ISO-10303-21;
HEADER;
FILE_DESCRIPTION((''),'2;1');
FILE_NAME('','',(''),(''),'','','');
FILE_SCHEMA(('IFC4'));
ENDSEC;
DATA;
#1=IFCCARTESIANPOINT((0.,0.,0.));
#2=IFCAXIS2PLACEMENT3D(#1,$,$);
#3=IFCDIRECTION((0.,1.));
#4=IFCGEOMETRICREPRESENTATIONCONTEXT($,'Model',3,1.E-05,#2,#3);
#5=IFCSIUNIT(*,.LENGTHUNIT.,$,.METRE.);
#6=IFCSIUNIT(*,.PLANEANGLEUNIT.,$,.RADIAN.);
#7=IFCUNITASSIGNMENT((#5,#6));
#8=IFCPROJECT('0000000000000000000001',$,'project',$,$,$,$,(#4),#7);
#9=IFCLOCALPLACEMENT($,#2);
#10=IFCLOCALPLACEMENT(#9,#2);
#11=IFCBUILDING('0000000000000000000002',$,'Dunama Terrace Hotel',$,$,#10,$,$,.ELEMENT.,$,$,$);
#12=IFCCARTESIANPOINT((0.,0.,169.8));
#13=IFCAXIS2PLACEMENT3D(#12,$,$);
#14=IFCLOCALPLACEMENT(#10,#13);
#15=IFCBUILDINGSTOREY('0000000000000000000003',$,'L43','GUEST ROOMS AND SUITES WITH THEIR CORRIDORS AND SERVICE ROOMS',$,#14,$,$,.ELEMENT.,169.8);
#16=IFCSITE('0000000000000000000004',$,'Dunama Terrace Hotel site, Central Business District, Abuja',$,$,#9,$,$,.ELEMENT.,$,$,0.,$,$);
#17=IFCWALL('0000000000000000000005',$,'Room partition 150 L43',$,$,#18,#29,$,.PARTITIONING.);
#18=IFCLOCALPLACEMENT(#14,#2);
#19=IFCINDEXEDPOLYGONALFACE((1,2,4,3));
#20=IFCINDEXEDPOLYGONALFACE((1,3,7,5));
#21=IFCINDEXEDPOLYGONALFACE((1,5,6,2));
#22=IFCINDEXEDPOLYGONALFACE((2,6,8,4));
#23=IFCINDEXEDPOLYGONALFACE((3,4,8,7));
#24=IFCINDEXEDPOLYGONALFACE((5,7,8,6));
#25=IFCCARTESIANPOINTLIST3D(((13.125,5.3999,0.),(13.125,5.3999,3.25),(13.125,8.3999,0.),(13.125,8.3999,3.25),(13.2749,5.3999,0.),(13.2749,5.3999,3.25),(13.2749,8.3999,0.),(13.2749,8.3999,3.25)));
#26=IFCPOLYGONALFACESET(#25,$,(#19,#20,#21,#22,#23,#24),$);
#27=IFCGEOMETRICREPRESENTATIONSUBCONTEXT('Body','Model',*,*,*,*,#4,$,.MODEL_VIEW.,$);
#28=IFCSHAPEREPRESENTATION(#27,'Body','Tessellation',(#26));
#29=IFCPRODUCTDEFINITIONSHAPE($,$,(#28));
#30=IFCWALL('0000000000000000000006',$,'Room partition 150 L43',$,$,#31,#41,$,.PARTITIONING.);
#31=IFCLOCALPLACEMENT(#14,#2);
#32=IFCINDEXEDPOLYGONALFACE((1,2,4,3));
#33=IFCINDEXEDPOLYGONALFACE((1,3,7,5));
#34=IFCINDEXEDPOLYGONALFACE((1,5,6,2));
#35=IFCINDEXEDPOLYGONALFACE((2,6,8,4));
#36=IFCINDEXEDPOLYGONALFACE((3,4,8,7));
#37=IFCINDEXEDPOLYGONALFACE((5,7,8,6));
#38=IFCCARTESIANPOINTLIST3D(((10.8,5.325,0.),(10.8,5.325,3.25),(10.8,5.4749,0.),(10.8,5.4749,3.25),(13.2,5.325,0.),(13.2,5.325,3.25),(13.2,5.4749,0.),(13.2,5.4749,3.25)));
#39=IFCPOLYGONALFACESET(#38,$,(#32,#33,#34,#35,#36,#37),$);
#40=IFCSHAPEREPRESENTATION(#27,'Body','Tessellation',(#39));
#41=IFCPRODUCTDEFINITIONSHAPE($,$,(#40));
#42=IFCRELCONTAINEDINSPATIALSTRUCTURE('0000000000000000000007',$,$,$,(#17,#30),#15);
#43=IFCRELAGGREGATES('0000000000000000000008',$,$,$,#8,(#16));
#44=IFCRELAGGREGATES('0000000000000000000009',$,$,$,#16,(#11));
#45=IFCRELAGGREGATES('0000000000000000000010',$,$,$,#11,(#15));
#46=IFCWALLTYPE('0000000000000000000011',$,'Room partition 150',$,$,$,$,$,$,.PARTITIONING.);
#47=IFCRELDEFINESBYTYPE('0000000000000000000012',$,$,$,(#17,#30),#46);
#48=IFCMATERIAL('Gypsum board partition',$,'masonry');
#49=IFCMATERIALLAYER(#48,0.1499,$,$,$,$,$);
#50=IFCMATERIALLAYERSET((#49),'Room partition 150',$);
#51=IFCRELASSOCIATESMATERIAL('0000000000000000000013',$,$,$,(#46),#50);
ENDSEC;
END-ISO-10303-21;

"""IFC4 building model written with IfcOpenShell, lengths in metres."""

from ifc_helpers import new_model, si_unit, direction, frame, frame_2d, origin, place, context, subcontext, project, spatial, rectangle, extrude, material, layer, layer_set, type_object, element, save


model = new_model("IFC4")

# Units and contexts
model_context = context("Model", 3, precision=1e-05, world=origin(), true_north=direction((0.0, 1.0)))
body_context = subcontext(model_context, "Body", "Model", "MODEL_VIEW")
ifc_project = project(units=[si_unit("LENGTHUNIT", "METRE"), si_unit("PLANEANGLEUNIT", "RADIAN")], contexts=[model_context])

# Site, building, storey
site_placement = place(None, origin())
site = spatial("IfcSite", under=ifc_project, at=site_placement, Name="Dunama Terrace Hotel site, Central Business District, Abuja", CompositionType="ELEMENT", RefElevation=0.0)
building_placement = place(site_placement, origin())
building = spatial("IfcBuilding", under=site, at=building_placement, Name="Dunama Terrace Hotel", CompositionType="ELEMENT")
storey_placement = place(building_placement, frame((0.0, 0.0, 169.8)))
storey = spatial("IfcBuildingStorey", under=building, at=storey_placement, Name="L43", Description="GUEST ROOMS AND SUITES WITH THEIR CORRIDORS AND SERVICE ROOMS", CompositionType="ELEMENT", Elevation=169.8)

# Walls
ifc_material_1 = material(Name="Gypsum board partition", Category="masonry")
ifc_layer_1 = layer(ifc_material_1, 0.1499)
ifc_layer_set_1 = layer_set([ifc_layer_1], Name="Room partition 150")
wall_type_1 = type_object("IfcWallType", Name="Room partition 150", PredefinedType="PARTITIONING", material=ifc_layer_set_1)
wall_1_placement = place(storey_placement, frame((13.2, 5.3999, 0.0), z_axis=(0.0, 0.0, 1.0), x_axis=(0.0, 1.0, 0.0)))
element("IfcWall", 1, at=wall_1_placement, inside=storey, type_object=wall_type_1, Name="Room partition 150 L43", PredefinedType="PARTITIONING", context=body_context, shape_type="SweptSolid", body=[
    extrude(rectangle(XDim=3.0, YDim=0.1499, at=frame_2d((1.5, 0.0))), origin(), (0.0, 0.0, 1.0), 3.25),
])
wall_2_placement = place(storey_placement, frame((10.8, 5.3999, 0.0), z_axis=(0.0, 0.0, 1.0), x_axis=(1.0, 0.0, 0.0)))
element("IfcWall", 2, at=wall_2_placement, inside=storey, type_object=wall_type_1, Name="Room partition 150 L43", PredefinedType="PARTITIONING", context=body_context, shape_type="SweptSolid", body=[
    extrude(rectangle(XDim=2.3999, YDim=0.1499, at=frame_2d((1.2, 0.0))), origin(), (0.0, 0.0, 1.0), 3.25),
])

save(model, "model.ifc")
